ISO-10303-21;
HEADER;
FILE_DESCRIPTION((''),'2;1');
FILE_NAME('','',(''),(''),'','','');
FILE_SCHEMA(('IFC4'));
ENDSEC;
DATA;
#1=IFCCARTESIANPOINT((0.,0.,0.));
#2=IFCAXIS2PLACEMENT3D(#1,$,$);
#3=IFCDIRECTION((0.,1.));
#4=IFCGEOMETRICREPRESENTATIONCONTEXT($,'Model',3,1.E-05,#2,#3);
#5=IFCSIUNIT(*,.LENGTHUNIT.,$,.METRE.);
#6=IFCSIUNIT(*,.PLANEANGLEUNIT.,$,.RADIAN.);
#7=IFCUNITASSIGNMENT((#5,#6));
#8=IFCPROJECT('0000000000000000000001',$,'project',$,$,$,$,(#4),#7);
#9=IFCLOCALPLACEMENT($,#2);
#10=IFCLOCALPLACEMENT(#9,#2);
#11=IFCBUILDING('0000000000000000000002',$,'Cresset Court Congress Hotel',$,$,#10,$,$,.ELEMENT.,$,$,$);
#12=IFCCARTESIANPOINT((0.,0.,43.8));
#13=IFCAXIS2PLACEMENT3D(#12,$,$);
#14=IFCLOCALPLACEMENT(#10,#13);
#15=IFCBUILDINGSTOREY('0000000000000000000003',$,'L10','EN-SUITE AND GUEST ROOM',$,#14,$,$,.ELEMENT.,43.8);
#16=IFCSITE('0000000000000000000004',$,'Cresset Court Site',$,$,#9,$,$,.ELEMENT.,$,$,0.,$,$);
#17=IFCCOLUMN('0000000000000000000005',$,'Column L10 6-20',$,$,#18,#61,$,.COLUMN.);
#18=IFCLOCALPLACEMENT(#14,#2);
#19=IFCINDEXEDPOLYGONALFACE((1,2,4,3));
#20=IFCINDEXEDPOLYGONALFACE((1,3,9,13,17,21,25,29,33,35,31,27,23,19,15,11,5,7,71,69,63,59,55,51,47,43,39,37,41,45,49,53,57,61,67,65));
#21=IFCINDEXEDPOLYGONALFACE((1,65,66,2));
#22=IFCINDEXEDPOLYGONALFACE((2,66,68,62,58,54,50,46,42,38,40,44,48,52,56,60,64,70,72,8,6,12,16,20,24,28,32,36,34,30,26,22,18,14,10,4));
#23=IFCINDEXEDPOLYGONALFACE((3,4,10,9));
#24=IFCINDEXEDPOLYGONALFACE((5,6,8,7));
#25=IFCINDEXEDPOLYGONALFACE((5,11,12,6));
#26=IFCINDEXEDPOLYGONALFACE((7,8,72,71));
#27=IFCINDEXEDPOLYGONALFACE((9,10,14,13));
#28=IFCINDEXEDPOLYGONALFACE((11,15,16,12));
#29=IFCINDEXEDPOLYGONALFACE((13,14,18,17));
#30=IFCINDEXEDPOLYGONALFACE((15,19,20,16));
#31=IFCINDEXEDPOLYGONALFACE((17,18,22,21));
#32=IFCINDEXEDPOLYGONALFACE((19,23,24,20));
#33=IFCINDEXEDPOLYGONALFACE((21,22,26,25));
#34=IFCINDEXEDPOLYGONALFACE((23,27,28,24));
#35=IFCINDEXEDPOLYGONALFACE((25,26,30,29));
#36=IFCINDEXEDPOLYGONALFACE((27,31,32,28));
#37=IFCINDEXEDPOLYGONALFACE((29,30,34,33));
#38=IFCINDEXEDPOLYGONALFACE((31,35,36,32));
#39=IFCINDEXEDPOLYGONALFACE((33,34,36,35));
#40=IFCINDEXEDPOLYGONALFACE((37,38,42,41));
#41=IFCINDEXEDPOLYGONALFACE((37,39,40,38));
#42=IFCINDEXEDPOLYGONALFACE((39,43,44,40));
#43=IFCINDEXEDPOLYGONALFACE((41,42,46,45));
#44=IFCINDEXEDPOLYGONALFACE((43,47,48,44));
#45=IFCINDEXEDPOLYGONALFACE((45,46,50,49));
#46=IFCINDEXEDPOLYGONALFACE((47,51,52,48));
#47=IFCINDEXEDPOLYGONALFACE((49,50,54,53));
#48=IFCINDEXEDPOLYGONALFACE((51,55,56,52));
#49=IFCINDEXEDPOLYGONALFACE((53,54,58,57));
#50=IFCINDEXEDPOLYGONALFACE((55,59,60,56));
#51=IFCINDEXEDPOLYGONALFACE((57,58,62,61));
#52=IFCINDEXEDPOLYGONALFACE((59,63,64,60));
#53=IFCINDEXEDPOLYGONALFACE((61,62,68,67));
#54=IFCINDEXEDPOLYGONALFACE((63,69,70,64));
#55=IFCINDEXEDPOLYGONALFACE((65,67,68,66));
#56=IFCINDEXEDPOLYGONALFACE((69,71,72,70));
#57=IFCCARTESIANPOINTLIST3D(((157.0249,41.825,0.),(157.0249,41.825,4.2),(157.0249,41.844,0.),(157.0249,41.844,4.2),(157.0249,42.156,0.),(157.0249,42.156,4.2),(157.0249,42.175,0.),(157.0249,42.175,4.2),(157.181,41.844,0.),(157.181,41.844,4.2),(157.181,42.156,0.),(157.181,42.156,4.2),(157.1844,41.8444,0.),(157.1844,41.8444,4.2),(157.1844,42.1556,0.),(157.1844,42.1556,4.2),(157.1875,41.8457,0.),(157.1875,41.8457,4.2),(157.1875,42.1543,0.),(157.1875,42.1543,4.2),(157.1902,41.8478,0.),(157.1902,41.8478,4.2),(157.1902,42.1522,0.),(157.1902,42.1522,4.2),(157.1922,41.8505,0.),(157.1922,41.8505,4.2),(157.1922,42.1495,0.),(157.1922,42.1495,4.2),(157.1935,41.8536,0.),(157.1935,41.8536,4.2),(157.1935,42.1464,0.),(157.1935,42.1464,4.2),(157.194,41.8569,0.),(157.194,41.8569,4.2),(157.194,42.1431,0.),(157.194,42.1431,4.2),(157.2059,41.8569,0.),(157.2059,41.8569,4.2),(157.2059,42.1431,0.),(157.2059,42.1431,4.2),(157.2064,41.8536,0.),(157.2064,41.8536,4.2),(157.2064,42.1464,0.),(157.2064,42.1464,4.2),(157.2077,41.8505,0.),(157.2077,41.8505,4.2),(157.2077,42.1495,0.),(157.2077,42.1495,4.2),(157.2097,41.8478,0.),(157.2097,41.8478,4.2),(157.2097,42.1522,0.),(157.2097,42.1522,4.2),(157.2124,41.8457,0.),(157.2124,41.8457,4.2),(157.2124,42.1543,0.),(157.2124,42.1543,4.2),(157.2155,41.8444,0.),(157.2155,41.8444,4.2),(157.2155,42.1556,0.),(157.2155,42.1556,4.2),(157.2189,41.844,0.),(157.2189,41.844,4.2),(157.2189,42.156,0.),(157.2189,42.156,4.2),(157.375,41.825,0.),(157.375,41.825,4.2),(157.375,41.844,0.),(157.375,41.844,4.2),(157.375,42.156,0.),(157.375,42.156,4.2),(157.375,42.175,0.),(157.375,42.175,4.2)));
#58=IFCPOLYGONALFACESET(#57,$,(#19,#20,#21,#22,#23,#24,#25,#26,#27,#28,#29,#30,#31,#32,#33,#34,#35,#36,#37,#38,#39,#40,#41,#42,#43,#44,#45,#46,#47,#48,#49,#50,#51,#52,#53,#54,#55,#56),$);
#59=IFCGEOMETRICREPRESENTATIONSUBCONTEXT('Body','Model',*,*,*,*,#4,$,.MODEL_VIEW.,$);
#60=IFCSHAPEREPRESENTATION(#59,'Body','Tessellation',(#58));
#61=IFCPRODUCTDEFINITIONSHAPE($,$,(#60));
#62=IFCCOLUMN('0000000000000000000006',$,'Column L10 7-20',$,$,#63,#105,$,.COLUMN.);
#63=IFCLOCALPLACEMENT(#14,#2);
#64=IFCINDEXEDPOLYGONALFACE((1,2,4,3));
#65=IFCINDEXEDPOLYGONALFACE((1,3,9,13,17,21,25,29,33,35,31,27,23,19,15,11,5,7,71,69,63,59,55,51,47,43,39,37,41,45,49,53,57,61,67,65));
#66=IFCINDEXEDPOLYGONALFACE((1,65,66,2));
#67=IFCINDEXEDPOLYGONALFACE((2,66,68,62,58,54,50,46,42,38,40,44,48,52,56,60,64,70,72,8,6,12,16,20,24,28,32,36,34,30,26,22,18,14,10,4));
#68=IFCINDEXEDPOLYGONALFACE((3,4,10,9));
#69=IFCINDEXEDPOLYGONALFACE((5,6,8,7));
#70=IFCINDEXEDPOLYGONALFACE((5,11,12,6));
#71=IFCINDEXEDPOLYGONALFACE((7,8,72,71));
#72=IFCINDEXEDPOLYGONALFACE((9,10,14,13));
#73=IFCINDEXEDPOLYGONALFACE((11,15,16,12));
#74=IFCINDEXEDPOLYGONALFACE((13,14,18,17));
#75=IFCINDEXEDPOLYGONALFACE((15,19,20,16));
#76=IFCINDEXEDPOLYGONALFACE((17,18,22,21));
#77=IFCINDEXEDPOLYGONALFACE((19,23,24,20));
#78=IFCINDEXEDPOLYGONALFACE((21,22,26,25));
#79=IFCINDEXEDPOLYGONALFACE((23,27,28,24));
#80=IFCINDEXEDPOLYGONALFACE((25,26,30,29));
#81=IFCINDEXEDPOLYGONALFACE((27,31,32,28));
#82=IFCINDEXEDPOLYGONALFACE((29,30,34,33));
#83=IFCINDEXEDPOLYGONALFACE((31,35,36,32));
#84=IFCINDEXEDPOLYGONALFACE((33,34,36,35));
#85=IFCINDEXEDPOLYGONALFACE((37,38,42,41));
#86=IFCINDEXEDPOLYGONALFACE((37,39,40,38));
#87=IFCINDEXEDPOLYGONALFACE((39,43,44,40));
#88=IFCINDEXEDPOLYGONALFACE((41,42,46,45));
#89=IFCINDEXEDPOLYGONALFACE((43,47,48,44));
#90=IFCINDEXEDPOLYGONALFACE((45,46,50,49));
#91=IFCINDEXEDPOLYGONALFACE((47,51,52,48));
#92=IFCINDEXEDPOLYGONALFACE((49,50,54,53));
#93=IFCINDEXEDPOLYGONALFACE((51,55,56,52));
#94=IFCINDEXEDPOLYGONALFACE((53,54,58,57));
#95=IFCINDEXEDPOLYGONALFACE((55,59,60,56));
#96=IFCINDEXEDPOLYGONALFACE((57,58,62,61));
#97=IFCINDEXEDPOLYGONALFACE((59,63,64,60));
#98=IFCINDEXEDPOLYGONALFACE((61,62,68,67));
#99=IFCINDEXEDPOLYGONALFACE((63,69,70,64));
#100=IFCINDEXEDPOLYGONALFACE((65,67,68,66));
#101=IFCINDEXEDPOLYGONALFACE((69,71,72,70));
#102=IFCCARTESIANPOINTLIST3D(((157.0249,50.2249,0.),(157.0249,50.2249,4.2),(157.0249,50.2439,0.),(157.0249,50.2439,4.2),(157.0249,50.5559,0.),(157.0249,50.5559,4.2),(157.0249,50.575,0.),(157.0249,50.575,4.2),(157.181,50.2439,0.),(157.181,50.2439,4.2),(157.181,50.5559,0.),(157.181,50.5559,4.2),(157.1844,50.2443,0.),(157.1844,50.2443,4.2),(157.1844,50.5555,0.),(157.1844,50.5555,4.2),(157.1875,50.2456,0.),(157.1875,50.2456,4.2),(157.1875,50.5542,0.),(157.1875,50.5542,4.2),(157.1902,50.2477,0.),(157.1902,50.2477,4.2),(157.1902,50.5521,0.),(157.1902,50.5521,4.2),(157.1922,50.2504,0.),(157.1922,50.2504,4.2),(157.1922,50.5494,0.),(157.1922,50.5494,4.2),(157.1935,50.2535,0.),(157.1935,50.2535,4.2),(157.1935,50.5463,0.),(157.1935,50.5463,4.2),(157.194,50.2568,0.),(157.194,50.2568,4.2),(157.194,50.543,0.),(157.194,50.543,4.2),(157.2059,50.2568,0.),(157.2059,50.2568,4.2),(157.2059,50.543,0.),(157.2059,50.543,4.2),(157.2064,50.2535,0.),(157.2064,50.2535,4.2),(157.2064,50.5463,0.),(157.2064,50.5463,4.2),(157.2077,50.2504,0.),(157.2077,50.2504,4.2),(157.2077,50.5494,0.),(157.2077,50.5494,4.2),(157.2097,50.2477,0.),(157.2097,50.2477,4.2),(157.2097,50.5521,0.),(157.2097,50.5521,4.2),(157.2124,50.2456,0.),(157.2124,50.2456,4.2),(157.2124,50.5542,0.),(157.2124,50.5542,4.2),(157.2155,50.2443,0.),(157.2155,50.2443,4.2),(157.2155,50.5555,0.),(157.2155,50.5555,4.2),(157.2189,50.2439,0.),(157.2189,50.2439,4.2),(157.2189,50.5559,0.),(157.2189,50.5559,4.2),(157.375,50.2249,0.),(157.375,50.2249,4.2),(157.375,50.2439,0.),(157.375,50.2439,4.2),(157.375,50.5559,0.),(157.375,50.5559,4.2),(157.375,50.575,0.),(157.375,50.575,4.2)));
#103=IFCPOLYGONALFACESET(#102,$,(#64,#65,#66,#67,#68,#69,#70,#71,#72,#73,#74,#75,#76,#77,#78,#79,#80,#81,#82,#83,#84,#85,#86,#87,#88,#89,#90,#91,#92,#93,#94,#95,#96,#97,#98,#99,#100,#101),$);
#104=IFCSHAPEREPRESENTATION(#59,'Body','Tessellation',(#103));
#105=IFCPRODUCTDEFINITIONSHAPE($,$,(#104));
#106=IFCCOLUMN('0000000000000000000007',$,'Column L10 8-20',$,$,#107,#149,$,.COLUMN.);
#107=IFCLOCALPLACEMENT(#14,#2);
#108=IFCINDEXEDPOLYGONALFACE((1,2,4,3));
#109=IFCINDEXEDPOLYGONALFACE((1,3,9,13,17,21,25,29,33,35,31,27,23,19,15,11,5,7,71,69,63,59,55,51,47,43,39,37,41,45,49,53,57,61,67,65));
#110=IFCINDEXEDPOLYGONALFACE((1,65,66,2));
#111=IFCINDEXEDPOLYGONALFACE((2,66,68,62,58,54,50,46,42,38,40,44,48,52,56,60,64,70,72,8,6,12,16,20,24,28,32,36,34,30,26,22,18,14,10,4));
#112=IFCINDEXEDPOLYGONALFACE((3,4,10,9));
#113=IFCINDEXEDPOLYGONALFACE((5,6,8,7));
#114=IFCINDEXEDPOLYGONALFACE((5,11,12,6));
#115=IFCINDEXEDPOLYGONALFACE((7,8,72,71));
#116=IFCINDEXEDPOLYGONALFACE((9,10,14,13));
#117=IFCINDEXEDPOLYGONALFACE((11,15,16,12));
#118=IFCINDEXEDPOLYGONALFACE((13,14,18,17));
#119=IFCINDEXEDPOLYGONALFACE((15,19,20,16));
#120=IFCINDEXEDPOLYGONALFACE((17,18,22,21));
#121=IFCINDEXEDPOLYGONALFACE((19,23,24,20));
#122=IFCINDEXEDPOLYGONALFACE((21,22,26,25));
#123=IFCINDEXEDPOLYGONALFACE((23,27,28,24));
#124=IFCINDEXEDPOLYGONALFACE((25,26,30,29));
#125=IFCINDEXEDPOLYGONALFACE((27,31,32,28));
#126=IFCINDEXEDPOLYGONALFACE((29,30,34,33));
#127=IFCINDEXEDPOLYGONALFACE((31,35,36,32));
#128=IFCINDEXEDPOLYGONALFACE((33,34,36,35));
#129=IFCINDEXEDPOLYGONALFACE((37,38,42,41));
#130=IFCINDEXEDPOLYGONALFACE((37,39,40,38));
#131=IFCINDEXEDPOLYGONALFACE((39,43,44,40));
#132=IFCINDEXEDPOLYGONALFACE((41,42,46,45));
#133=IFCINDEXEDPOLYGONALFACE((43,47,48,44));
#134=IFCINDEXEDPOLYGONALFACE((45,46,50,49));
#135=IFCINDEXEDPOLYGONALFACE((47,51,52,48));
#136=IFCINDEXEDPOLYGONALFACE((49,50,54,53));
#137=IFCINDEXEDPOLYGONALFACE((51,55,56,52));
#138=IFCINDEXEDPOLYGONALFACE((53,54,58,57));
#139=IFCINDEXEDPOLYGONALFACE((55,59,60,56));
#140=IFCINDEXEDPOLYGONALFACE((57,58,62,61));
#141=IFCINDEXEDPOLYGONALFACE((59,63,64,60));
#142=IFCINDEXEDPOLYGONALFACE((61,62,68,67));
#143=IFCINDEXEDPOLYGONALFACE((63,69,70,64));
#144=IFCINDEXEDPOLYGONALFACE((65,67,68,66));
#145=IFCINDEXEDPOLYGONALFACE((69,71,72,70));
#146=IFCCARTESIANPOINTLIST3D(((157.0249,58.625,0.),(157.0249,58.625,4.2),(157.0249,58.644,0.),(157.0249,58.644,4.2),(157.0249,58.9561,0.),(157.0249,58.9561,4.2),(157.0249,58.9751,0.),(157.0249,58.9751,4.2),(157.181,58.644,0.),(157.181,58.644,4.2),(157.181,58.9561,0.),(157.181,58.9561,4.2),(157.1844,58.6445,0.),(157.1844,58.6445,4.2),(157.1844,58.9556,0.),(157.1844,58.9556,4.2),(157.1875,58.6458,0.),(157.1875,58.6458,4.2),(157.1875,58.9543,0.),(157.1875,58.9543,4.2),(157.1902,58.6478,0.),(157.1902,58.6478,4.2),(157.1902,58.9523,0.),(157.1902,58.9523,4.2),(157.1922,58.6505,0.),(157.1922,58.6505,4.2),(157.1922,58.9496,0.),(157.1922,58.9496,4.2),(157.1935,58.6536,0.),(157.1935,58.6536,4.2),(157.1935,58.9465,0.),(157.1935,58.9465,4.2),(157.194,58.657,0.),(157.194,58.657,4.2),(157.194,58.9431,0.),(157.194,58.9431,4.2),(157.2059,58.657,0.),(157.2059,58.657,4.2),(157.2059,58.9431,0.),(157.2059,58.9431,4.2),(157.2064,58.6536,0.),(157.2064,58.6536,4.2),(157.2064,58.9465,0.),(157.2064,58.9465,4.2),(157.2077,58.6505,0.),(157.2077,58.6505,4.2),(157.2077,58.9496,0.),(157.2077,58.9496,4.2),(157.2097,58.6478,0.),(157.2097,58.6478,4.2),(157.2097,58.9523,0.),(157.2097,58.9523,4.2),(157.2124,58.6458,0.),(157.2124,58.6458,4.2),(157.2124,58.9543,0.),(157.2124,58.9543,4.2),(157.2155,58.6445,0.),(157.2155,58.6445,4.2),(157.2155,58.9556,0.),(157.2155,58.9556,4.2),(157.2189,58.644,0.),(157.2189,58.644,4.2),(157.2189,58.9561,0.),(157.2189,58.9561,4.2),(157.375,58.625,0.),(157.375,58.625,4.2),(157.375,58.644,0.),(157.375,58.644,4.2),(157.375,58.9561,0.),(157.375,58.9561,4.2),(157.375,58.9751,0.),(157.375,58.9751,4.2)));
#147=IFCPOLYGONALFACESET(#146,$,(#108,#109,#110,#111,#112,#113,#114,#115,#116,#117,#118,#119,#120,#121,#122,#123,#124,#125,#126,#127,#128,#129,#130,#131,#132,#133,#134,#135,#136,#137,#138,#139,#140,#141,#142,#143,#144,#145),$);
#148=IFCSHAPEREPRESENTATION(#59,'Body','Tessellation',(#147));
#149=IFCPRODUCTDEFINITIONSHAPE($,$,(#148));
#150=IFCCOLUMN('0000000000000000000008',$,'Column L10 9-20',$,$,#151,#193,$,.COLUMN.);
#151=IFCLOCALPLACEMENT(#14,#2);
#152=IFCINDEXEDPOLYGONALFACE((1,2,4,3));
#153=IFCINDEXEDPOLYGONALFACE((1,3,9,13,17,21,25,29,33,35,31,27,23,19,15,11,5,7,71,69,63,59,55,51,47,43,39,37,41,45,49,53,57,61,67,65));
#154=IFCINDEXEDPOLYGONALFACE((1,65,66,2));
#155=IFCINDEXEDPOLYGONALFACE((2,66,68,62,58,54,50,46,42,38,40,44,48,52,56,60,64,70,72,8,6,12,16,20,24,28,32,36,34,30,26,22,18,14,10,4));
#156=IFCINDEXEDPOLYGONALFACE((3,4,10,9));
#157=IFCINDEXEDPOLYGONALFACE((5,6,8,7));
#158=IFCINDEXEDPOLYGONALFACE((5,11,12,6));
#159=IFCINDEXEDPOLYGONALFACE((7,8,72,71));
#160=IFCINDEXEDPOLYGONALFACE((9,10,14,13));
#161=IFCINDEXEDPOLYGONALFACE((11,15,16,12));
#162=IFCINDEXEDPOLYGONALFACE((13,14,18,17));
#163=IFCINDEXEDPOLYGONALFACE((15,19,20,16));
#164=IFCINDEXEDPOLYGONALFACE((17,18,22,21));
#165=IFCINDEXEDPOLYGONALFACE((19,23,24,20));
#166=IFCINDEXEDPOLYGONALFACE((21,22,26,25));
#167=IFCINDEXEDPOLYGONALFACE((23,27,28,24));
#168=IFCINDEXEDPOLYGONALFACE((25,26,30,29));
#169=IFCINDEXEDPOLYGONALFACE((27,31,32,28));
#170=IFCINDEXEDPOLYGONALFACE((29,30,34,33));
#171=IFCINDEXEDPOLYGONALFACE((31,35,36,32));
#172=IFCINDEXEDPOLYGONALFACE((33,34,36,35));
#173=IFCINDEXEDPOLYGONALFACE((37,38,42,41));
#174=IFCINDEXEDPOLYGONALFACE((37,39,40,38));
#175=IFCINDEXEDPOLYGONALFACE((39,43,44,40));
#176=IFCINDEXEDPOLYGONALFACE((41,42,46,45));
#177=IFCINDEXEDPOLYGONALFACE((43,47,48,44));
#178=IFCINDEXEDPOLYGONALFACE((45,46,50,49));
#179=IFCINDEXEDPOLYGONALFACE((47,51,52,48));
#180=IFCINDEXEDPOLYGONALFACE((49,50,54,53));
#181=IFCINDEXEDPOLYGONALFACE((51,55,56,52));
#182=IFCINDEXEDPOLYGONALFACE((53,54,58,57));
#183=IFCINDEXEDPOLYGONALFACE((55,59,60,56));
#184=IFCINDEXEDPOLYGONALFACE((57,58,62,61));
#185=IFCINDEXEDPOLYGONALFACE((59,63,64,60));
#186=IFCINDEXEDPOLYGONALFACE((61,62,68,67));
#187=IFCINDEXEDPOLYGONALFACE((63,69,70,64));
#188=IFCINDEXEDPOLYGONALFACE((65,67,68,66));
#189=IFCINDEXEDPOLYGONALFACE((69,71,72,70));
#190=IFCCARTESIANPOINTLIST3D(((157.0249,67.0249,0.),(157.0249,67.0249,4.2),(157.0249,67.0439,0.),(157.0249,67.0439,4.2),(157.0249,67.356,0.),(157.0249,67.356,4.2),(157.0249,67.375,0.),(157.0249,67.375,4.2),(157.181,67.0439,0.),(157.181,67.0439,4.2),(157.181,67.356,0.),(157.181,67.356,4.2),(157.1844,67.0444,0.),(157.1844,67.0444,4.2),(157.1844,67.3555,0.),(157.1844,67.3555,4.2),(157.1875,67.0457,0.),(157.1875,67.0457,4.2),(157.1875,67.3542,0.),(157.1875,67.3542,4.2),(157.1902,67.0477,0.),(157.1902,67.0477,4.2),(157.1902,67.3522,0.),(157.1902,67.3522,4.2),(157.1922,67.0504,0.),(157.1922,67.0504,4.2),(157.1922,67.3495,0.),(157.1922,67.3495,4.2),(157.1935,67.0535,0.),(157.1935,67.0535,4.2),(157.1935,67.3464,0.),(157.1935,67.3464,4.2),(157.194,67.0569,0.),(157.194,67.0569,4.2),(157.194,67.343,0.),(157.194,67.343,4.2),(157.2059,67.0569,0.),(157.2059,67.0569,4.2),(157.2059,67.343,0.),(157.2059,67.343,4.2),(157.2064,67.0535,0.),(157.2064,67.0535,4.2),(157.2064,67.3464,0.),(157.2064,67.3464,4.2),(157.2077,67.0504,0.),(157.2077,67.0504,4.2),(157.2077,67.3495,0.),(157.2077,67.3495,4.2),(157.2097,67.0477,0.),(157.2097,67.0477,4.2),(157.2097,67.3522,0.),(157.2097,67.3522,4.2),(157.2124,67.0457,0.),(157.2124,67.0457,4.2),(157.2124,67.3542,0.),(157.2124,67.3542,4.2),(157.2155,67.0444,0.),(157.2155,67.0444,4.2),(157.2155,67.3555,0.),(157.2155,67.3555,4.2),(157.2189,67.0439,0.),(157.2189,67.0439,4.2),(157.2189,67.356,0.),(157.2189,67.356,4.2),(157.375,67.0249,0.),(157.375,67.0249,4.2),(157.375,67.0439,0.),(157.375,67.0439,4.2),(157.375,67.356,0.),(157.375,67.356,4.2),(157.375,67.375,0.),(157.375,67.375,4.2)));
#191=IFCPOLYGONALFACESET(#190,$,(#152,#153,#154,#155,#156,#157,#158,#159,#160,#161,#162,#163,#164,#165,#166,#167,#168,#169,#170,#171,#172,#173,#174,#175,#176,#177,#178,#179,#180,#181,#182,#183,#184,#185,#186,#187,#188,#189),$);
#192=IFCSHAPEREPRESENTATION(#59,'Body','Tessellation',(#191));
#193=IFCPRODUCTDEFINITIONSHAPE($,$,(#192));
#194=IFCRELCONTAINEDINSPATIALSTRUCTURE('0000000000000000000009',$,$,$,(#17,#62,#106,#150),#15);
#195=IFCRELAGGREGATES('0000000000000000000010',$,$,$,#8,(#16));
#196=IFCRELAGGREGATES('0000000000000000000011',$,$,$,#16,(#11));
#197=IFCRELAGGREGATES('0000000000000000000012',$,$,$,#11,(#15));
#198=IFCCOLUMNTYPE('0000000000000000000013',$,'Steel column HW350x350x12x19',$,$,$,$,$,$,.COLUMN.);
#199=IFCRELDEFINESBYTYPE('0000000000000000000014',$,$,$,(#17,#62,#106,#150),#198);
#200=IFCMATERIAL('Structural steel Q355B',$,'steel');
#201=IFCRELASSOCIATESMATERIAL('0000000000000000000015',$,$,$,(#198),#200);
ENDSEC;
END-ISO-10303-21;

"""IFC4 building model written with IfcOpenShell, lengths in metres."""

from ifc_helpers import new_model, si_unit, direction, frame, origin, origin_2d, place, context, subcontext, project, spatial, i_section, extrude, material, material_profile, profile_set, type_object, element, save


model = new_model("IFC4")

# Units and contexts
model_context = context("Model", 3, precision=1e-05, world=origin(), true_north=direction((0.0, 1.0)))
body_context = subcontext(model_context, "Body", "Model", "MODEL_VIEW")
ifc_project = project(units=[si_unit("LENGTHUNIT", "METRE"), si_unit("PLANEANGLEUNIT", "RADIAN")], contexts=[model_context])

# Site, building, storey
site_placement = place(None, origin())
site = spatial("IfcSite", under=ifc_project, at=site_placement, Name="Cresset Court Site", CompositionType="ELEMENT", RefElevation=0.0)
building_placement = place(site_placement, origin())
building = spatial("IfcBuilding", under=site, at=building_placement, Name="Cresset Court Congress Hotel", CompositionType="ELEMENT")
storey_placement = place(building_placement, frame((0.0, 0.0, 43.8)))
storey = spatial("IfcBuildingStorey", under=building, at=storey_placement, Name="L10", Description="EN-SUITE AND GUEST ROOM", CompositionType="ELEMENT", Elevation=43.8)

# Columns
ifc_material_1 = material(Name="Structural steel Q355B", Category="steel")
ifc_material_profile_1 = material_profile(ifc_material_1, i_section(OverallWidth=0.3501, OverallDepth=0.3501, WebThickness=0.012, FlangeThickness=0.019, FilletRadius=0.0129, at=origin_2d()), Name="HW350x350x12x19")
ifc_profile_set_1 = profile_set([ifc_material_profile_1], Name="Structural steel Q355B")
column_type = type_object("IfcColumnType", Name="Steel column HW350x350x12x19", PredefinedType="COLUMN", material=ifc_profile_set_1)
for number, where, z_axis, x_axis, name in (
    (1, (157.2, 42.0, 0.0), (0.0, 0.0, 1.0), (1.0, 0.0, 0.0), "Column L10 6-20"),
    (2, (157.2, 50.3999, 0.0), (0.0, 0.0, 1.0), (1.0, 0.0, 0.0), "Column L10 7-20"),
    (3, (157.2, 58.8, 0.0), (0.0, 0.0, 1.0), (1.0, 0.0, 0.0), "Column L10 8-20"),
    (4, (157.2, 67.2, 0.0), (0.0, 0.0, 1.0), (1.0, 0.0, 0.0), "Column L10 9-20"),
):
    element("IfcColumn", number, at=place(storey_placement, frame(where, z_axis=z_axis, x_axis=x_axis)), inside=storey, type_object=column_type, Name=name, PredefinedType="COLUMN", context=body_context, shape_type="SweptSolid", body=[
        extrude(i_section(OverallWidth=0.3501, OverallDepth=0.3501, WebThickness=0.012, FlangeThickness=0.019, FilletRadius=0.0129, at=origin_2d()), origin(), (0.0, 0.0, 1.0), 4.2),
    ])

save(model, "model.ifc")
